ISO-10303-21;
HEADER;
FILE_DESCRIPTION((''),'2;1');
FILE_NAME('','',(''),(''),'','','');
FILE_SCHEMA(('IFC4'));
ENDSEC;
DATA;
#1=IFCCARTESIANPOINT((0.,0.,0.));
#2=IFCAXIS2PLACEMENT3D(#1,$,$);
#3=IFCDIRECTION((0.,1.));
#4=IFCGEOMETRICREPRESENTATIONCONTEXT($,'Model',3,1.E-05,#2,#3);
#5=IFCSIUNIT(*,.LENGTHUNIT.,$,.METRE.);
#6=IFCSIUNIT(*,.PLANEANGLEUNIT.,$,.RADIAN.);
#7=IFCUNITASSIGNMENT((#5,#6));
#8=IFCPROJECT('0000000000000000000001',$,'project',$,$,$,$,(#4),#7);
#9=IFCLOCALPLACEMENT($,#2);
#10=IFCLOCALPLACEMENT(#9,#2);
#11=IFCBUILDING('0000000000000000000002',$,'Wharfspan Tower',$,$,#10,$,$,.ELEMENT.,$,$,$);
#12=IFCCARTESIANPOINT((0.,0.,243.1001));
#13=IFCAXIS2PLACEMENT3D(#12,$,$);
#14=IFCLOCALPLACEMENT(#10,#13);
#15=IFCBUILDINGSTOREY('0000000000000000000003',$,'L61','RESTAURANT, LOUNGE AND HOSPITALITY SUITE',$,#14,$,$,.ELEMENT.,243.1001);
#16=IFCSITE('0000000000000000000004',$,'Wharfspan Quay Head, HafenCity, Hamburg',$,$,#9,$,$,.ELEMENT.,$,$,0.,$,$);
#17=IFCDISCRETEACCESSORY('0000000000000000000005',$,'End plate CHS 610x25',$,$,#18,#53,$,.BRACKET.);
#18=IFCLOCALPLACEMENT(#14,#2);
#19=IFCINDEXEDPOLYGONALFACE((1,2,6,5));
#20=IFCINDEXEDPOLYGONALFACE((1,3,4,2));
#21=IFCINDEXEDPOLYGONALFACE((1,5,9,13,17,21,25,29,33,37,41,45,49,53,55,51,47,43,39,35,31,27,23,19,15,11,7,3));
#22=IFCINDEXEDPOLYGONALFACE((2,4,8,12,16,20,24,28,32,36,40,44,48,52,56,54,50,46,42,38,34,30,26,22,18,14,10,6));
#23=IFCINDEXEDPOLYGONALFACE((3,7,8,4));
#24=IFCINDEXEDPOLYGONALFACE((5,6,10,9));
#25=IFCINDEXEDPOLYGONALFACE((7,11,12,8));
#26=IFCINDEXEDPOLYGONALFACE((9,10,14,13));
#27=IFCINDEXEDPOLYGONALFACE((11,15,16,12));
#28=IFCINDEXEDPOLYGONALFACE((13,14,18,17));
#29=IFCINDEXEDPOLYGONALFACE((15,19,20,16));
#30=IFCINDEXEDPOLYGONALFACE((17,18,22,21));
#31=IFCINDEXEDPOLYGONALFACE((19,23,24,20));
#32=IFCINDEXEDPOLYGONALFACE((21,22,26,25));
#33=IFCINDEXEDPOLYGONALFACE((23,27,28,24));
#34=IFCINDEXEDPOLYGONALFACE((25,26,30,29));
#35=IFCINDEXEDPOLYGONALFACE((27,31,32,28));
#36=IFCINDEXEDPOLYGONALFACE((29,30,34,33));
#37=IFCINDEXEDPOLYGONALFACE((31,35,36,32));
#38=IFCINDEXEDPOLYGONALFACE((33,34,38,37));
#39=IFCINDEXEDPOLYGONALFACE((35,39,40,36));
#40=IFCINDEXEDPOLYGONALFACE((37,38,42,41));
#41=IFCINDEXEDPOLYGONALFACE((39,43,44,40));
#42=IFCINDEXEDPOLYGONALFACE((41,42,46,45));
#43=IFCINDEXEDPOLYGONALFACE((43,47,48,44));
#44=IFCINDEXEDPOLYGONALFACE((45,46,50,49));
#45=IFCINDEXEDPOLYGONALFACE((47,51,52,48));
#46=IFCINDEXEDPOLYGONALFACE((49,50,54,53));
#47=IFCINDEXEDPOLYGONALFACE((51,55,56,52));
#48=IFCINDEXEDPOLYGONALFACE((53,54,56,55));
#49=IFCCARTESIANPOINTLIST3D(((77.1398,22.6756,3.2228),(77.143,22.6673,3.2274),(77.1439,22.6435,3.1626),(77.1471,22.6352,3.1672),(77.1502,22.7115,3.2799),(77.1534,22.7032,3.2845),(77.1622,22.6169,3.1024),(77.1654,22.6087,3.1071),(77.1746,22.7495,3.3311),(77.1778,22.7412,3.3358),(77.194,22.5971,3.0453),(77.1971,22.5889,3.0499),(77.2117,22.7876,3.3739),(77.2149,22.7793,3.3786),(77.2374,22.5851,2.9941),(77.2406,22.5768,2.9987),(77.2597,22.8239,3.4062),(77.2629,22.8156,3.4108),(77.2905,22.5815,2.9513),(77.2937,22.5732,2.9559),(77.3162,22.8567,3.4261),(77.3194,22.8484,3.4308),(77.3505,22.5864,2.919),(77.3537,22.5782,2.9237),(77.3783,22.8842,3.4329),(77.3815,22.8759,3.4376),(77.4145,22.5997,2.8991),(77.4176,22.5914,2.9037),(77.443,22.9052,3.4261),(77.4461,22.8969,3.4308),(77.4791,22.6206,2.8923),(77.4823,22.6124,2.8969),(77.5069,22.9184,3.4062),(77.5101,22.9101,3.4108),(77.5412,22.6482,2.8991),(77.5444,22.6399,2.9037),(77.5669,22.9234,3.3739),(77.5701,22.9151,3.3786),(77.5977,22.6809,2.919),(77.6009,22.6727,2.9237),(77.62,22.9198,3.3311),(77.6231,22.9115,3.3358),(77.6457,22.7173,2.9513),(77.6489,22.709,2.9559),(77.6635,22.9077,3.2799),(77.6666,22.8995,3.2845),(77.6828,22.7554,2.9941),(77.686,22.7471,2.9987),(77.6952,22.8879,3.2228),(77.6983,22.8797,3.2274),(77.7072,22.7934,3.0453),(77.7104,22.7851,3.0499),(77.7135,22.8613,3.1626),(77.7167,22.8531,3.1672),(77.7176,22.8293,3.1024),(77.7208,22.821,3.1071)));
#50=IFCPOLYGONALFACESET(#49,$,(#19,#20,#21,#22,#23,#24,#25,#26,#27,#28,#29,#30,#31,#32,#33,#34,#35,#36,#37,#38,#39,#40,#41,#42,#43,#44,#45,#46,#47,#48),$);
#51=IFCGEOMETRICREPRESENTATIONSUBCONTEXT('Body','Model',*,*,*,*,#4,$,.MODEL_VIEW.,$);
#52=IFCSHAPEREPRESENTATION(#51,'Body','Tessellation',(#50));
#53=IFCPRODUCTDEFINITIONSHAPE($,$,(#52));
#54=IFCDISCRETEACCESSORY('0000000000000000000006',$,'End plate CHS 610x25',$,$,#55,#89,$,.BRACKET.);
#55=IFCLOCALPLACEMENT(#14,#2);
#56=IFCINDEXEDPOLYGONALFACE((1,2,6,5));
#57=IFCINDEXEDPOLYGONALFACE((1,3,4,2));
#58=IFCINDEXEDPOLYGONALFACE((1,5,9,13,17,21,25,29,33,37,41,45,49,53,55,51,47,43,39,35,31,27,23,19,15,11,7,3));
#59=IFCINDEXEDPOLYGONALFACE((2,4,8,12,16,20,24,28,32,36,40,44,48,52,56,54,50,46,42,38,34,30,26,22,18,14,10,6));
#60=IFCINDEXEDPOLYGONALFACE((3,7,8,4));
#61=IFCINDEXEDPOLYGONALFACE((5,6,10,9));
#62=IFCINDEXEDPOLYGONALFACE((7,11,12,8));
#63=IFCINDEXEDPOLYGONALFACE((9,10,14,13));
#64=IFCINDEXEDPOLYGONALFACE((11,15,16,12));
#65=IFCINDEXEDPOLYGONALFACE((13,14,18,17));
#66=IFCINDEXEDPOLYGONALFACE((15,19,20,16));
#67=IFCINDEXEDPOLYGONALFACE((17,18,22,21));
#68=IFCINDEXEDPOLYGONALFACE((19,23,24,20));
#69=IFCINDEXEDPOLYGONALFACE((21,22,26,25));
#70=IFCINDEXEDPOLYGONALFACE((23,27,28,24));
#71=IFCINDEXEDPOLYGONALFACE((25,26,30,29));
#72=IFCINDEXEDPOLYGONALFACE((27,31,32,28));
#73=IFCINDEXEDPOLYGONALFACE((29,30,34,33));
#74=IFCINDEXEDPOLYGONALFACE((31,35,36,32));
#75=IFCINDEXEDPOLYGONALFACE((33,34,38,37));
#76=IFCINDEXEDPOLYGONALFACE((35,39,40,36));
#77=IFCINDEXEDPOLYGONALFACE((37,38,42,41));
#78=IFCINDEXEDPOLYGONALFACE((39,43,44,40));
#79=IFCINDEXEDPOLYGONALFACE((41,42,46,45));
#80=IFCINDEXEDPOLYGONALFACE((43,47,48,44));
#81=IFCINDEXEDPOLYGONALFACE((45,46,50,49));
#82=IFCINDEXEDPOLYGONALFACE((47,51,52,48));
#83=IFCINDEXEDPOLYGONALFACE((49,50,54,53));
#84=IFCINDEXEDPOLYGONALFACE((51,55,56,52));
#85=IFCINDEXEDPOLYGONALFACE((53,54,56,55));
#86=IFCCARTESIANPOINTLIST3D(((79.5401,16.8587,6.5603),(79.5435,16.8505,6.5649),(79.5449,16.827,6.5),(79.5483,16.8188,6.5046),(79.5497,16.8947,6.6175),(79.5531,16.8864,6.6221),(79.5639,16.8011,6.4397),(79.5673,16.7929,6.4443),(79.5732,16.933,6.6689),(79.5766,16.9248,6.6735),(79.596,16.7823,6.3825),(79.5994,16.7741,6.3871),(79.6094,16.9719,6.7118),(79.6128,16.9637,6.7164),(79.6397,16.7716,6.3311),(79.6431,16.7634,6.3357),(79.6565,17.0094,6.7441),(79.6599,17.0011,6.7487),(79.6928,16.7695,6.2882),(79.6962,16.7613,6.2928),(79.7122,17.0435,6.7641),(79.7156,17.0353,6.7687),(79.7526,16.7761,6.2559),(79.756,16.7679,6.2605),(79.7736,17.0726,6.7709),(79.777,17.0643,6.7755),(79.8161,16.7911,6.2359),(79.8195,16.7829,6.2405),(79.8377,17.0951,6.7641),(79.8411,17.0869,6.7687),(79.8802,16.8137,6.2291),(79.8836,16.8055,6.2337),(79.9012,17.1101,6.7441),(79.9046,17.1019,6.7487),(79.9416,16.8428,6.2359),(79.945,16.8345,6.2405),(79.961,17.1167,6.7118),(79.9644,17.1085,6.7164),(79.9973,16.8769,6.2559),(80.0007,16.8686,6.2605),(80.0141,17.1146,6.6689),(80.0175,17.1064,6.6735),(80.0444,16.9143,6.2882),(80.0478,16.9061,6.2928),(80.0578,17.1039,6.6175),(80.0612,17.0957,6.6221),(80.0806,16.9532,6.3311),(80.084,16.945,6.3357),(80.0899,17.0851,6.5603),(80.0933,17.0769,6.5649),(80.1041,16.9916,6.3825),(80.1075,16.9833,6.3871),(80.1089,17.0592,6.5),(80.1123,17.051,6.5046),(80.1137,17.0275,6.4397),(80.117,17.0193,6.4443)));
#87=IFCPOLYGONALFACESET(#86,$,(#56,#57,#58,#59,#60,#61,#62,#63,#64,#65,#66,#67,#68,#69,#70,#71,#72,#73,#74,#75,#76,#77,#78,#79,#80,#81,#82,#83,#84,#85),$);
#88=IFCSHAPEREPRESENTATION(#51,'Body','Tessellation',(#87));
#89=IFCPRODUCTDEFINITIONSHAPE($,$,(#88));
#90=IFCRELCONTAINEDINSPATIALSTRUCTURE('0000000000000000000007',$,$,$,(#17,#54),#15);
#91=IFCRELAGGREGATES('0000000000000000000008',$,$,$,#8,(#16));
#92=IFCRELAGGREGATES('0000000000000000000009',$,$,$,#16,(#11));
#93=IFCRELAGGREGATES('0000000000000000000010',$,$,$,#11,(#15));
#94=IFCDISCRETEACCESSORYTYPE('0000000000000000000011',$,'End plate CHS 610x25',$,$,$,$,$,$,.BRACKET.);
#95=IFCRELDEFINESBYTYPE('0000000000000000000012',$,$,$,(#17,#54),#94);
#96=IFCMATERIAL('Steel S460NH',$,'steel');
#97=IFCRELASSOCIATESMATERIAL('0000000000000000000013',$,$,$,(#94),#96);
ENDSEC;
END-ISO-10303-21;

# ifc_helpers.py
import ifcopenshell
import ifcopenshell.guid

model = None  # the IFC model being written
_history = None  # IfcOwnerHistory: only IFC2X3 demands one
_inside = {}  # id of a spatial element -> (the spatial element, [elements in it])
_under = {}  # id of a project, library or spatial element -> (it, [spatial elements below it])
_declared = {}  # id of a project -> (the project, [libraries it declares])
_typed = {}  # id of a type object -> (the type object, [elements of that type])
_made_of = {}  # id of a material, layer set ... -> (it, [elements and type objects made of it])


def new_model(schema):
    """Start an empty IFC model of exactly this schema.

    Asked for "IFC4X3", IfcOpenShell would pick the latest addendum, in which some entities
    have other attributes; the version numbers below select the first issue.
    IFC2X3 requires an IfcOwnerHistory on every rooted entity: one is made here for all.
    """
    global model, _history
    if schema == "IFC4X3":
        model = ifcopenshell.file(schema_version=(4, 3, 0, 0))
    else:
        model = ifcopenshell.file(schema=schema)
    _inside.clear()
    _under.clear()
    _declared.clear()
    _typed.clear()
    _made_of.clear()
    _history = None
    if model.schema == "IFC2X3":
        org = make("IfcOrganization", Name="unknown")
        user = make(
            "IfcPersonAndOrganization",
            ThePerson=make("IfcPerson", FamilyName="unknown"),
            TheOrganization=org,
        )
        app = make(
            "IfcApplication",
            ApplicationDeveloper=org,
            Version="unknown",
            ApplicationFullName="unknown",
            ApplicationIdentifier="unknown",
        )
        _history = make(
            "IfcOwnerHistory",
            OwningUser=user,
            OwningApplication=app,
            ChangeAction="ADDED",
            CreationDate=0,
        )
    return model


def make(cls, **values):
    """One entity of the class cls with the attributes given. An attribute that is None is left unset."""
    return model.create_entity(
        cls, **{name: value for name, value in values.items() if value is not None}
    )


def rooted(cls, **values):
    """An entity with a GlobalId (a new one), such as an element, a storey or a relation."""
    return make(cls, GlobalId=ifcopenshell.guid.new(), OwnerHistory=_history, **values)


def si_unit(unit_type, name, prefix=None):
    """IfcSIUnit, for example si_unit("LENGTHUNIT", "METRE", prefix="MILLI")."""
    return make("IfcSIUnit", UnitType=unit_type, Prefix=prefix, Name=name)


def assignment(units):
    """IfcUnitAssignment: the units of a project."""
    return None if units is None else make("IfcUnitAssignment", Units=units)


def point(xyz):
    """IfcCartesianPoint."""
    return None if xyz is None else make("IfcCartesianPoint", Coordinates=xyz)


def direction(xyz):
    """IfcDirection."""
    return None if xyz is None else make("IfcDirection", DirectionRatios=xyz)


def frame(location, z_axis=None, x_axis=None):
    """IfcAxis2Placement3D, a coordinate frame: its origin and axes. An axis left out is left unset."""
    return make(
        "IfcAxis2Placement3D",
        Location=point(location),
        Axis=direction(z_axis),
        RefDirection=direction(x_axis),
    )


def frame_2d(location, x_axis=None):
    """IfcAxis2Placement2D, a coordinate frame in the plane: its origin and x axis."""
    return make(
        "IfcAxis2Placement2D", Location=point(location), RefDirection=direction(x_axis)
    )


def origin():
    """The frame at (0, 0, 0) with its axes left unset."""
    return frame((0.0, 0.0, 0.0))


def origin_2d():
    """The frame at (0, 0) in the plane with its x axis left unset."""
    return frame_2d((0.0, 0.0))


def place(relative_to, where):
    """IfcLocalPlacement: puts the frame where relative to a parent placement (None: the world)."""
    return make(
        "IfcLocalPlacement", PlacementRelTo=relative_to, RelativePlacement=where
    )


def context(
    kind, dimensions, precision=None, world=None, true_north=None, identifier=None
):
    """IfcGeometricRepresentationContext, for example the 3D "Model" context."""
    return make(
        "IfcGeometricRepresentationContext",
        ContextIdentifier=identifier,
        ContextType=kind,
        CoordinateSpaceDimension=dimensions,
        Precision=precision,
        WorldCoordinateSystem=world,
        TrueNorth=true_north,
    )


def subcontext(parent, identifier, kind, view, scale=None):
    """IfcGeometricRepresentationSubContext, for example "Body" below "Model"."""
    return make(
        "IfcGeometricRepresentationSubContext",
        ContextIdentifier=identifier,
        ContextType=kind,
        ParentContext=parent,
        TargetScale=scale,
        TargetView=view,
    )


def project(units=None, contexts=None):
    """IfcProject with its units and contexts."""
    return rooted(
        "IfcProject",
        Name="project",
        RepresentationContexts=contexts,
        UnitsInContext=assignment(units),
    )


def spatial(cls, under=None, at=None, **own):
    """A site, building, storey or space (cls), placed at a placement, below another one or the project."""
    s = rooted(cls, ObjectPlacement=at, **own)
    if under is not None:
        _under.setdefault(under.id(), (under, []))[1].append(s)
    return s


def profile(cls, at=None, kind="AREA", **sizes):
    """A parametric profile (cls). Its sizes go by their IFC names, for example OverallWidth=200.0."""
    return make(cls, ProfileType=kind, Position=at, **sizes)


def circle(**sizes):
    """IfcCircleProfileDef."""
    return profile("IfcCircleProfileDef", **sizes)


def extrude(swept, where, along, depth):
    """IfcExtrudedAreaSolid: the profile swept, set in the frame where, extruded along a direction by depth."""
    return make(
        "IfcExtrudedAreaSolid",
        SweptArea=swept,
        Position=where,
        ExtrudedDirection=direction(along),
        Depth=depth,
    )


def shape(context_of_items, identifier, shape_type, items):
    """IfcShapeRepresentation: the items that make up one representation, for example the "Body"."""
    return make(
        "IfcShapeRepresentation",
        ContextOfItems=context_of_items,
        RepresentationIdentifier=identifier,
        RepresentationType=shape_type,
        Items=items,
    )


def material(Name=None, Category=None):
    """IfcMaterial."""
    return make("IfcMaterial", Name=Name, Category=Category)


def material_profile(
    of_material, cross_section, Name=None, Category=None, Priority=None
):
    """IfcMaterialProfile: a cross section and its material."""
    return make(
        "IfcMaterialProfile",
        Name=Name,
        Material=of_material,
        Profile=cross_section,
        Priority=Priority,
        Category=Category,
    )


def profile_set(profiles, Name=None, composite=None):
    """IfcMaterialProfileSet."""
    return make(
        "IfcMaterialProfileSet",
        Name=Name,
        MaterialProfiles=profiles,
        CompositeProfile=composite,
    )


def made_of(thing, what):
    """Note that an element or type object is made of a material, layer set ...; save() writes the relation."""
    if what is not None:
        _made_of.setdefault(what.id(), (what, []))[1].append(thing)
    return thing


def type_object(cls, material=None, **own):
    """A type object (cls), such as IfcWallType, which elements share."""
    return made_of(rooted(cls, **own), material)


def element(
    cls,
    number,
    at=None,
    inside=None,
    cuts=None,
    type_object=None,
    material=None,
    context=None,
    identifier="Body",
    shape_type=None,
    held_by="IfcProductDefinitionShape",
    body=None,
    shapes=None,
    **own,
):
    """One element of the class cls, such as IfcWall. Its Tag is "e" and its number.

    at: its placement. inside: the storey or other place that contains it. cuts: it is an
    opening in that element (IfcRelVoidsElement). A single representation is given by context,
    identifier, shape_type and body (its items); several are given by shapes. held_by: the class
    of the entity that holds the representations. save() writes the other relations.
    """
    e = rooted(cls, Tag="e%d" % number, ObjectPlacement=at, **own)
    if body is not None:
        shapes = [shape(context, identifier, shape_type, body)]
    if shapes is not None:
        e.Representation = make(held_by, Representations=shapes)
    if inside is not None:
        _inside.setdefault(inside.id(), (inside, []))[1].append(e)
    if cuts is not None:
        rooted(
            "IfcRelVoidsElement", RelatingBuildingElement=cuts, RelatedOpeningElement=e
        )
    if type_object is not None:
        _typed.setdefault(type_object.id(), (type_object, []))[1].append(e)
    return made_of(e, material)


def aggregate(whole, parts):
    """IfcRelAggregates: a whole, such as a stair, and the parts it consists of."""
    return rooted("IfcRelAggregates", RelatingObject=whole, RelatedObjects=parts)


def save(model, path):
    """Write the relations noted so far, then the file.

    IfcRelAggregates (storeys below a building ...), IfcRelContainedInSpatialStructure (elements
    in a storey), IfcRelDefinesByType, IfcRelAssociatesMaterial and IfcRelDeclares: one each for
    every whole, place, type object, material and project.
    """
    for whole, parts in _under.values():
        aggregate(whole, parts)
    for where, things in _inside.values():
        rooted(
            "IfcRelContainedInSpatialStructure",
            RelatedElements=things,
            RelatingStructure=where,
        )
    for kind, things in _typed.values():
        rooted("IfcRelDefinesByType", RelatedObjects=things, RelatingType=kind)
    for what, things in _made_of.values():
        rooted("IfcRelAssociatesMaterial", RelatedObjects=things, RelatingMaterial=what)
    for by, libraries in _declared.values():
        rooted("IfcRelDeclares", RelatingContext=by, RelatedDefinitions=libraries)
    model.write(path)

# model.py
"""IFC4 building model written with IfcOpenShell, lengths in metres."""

from ifc_helpers import new_model, si_unit, direction, frame, origin, origin_2d, place, context, subcontext, project, spatial, circle, extrude, material, material_profile, profile_set, type_object, element, save


model = new_model("IFC4")

# Units and contexts
model_context = context("Model", 3, precision=1e-05, world=origin(), true_north=direction((0.0, 1.0)))
body_context = subcontext(model_context, "Body", "Model", "MODEL_VIEW")
ifc_project = project(units=[si_unit("LENGTHUNIT", "METRE"), si_unit("PLANEANGLEUNIT", "RADIAN")], contexts=[model_context])

# Site, building, storey
site_placement = place(None, origin())
site = spatial("IfcSite", under=ifc_project, at=site_placement, Name="Wharfspan Quay Head, HafenCity, Hamburg", CompositionType="ELEMENT", RefElevation=0.0)
building_placement = place(site_placement, origin())
building = spatial("IfcBuilding", under=site, at=building_placement, Name="Wharfspan Tower", CompositionType="ELEMENT")
storey_placement = place(building_placement, frame((0.0, 0.0, 243.1001)))
storey = spatial("IfcBuildingStorey", under=building, at=storey_placement, Name="L61", Description="RESTAURANT, LOUNGE AND HOSPITALITY SUITE", CompositionType="ELEMENT", Elevation=243.1001)

# Shared definitions
ifc_material_1 = material(Name="Steel S460NH", Category="steel")

# Discrete accessories
ifc_material_profile_1 = material_profile(ifc_material_1, circle(Radius=0.3049, at=origin_2d()))
ifc_profile_set_1 = profile_set([ifc_material_profile_1], Name="Steel S460NH")
discrete_accessory_type = type_object("IfcDiscreteAccessoryType", Name="End plate CHS 610x25", PredefinedType="BRACKET", material=ifc_profile_set_1)
for number, where, z_axis, x_axis, name in (
    (1, (77.4287, 22.7524, 3.1626), (0.316603, -0.828038, 0.462727), (0.934054, 0.357138, -0.000001), "End plate CHS 610x25"),
    (2, (79.8269, 16.9431, 6.5), (0.338259, -0.821486, 0.459066), (0.924676, 0.380749, 0.0), "End plate CHS 610x25"),
):
    element("IfcDiscreteAccessory", number, at=place(storey_placement, frame(where, z_axis=z_axis, x_axis=x_axis)), inside=storey, type_object=discrete_accessory_type, Name=name, PredefinedType="BRACKET", context=body_context, shape_type="SweptSolid", body=[
        extrude(circle(Radius=0.3049, at=origin_2d()), origin(), (0.0, 0.0, 1.0), 0.01),
    ])

save(model, "model.ifc")
